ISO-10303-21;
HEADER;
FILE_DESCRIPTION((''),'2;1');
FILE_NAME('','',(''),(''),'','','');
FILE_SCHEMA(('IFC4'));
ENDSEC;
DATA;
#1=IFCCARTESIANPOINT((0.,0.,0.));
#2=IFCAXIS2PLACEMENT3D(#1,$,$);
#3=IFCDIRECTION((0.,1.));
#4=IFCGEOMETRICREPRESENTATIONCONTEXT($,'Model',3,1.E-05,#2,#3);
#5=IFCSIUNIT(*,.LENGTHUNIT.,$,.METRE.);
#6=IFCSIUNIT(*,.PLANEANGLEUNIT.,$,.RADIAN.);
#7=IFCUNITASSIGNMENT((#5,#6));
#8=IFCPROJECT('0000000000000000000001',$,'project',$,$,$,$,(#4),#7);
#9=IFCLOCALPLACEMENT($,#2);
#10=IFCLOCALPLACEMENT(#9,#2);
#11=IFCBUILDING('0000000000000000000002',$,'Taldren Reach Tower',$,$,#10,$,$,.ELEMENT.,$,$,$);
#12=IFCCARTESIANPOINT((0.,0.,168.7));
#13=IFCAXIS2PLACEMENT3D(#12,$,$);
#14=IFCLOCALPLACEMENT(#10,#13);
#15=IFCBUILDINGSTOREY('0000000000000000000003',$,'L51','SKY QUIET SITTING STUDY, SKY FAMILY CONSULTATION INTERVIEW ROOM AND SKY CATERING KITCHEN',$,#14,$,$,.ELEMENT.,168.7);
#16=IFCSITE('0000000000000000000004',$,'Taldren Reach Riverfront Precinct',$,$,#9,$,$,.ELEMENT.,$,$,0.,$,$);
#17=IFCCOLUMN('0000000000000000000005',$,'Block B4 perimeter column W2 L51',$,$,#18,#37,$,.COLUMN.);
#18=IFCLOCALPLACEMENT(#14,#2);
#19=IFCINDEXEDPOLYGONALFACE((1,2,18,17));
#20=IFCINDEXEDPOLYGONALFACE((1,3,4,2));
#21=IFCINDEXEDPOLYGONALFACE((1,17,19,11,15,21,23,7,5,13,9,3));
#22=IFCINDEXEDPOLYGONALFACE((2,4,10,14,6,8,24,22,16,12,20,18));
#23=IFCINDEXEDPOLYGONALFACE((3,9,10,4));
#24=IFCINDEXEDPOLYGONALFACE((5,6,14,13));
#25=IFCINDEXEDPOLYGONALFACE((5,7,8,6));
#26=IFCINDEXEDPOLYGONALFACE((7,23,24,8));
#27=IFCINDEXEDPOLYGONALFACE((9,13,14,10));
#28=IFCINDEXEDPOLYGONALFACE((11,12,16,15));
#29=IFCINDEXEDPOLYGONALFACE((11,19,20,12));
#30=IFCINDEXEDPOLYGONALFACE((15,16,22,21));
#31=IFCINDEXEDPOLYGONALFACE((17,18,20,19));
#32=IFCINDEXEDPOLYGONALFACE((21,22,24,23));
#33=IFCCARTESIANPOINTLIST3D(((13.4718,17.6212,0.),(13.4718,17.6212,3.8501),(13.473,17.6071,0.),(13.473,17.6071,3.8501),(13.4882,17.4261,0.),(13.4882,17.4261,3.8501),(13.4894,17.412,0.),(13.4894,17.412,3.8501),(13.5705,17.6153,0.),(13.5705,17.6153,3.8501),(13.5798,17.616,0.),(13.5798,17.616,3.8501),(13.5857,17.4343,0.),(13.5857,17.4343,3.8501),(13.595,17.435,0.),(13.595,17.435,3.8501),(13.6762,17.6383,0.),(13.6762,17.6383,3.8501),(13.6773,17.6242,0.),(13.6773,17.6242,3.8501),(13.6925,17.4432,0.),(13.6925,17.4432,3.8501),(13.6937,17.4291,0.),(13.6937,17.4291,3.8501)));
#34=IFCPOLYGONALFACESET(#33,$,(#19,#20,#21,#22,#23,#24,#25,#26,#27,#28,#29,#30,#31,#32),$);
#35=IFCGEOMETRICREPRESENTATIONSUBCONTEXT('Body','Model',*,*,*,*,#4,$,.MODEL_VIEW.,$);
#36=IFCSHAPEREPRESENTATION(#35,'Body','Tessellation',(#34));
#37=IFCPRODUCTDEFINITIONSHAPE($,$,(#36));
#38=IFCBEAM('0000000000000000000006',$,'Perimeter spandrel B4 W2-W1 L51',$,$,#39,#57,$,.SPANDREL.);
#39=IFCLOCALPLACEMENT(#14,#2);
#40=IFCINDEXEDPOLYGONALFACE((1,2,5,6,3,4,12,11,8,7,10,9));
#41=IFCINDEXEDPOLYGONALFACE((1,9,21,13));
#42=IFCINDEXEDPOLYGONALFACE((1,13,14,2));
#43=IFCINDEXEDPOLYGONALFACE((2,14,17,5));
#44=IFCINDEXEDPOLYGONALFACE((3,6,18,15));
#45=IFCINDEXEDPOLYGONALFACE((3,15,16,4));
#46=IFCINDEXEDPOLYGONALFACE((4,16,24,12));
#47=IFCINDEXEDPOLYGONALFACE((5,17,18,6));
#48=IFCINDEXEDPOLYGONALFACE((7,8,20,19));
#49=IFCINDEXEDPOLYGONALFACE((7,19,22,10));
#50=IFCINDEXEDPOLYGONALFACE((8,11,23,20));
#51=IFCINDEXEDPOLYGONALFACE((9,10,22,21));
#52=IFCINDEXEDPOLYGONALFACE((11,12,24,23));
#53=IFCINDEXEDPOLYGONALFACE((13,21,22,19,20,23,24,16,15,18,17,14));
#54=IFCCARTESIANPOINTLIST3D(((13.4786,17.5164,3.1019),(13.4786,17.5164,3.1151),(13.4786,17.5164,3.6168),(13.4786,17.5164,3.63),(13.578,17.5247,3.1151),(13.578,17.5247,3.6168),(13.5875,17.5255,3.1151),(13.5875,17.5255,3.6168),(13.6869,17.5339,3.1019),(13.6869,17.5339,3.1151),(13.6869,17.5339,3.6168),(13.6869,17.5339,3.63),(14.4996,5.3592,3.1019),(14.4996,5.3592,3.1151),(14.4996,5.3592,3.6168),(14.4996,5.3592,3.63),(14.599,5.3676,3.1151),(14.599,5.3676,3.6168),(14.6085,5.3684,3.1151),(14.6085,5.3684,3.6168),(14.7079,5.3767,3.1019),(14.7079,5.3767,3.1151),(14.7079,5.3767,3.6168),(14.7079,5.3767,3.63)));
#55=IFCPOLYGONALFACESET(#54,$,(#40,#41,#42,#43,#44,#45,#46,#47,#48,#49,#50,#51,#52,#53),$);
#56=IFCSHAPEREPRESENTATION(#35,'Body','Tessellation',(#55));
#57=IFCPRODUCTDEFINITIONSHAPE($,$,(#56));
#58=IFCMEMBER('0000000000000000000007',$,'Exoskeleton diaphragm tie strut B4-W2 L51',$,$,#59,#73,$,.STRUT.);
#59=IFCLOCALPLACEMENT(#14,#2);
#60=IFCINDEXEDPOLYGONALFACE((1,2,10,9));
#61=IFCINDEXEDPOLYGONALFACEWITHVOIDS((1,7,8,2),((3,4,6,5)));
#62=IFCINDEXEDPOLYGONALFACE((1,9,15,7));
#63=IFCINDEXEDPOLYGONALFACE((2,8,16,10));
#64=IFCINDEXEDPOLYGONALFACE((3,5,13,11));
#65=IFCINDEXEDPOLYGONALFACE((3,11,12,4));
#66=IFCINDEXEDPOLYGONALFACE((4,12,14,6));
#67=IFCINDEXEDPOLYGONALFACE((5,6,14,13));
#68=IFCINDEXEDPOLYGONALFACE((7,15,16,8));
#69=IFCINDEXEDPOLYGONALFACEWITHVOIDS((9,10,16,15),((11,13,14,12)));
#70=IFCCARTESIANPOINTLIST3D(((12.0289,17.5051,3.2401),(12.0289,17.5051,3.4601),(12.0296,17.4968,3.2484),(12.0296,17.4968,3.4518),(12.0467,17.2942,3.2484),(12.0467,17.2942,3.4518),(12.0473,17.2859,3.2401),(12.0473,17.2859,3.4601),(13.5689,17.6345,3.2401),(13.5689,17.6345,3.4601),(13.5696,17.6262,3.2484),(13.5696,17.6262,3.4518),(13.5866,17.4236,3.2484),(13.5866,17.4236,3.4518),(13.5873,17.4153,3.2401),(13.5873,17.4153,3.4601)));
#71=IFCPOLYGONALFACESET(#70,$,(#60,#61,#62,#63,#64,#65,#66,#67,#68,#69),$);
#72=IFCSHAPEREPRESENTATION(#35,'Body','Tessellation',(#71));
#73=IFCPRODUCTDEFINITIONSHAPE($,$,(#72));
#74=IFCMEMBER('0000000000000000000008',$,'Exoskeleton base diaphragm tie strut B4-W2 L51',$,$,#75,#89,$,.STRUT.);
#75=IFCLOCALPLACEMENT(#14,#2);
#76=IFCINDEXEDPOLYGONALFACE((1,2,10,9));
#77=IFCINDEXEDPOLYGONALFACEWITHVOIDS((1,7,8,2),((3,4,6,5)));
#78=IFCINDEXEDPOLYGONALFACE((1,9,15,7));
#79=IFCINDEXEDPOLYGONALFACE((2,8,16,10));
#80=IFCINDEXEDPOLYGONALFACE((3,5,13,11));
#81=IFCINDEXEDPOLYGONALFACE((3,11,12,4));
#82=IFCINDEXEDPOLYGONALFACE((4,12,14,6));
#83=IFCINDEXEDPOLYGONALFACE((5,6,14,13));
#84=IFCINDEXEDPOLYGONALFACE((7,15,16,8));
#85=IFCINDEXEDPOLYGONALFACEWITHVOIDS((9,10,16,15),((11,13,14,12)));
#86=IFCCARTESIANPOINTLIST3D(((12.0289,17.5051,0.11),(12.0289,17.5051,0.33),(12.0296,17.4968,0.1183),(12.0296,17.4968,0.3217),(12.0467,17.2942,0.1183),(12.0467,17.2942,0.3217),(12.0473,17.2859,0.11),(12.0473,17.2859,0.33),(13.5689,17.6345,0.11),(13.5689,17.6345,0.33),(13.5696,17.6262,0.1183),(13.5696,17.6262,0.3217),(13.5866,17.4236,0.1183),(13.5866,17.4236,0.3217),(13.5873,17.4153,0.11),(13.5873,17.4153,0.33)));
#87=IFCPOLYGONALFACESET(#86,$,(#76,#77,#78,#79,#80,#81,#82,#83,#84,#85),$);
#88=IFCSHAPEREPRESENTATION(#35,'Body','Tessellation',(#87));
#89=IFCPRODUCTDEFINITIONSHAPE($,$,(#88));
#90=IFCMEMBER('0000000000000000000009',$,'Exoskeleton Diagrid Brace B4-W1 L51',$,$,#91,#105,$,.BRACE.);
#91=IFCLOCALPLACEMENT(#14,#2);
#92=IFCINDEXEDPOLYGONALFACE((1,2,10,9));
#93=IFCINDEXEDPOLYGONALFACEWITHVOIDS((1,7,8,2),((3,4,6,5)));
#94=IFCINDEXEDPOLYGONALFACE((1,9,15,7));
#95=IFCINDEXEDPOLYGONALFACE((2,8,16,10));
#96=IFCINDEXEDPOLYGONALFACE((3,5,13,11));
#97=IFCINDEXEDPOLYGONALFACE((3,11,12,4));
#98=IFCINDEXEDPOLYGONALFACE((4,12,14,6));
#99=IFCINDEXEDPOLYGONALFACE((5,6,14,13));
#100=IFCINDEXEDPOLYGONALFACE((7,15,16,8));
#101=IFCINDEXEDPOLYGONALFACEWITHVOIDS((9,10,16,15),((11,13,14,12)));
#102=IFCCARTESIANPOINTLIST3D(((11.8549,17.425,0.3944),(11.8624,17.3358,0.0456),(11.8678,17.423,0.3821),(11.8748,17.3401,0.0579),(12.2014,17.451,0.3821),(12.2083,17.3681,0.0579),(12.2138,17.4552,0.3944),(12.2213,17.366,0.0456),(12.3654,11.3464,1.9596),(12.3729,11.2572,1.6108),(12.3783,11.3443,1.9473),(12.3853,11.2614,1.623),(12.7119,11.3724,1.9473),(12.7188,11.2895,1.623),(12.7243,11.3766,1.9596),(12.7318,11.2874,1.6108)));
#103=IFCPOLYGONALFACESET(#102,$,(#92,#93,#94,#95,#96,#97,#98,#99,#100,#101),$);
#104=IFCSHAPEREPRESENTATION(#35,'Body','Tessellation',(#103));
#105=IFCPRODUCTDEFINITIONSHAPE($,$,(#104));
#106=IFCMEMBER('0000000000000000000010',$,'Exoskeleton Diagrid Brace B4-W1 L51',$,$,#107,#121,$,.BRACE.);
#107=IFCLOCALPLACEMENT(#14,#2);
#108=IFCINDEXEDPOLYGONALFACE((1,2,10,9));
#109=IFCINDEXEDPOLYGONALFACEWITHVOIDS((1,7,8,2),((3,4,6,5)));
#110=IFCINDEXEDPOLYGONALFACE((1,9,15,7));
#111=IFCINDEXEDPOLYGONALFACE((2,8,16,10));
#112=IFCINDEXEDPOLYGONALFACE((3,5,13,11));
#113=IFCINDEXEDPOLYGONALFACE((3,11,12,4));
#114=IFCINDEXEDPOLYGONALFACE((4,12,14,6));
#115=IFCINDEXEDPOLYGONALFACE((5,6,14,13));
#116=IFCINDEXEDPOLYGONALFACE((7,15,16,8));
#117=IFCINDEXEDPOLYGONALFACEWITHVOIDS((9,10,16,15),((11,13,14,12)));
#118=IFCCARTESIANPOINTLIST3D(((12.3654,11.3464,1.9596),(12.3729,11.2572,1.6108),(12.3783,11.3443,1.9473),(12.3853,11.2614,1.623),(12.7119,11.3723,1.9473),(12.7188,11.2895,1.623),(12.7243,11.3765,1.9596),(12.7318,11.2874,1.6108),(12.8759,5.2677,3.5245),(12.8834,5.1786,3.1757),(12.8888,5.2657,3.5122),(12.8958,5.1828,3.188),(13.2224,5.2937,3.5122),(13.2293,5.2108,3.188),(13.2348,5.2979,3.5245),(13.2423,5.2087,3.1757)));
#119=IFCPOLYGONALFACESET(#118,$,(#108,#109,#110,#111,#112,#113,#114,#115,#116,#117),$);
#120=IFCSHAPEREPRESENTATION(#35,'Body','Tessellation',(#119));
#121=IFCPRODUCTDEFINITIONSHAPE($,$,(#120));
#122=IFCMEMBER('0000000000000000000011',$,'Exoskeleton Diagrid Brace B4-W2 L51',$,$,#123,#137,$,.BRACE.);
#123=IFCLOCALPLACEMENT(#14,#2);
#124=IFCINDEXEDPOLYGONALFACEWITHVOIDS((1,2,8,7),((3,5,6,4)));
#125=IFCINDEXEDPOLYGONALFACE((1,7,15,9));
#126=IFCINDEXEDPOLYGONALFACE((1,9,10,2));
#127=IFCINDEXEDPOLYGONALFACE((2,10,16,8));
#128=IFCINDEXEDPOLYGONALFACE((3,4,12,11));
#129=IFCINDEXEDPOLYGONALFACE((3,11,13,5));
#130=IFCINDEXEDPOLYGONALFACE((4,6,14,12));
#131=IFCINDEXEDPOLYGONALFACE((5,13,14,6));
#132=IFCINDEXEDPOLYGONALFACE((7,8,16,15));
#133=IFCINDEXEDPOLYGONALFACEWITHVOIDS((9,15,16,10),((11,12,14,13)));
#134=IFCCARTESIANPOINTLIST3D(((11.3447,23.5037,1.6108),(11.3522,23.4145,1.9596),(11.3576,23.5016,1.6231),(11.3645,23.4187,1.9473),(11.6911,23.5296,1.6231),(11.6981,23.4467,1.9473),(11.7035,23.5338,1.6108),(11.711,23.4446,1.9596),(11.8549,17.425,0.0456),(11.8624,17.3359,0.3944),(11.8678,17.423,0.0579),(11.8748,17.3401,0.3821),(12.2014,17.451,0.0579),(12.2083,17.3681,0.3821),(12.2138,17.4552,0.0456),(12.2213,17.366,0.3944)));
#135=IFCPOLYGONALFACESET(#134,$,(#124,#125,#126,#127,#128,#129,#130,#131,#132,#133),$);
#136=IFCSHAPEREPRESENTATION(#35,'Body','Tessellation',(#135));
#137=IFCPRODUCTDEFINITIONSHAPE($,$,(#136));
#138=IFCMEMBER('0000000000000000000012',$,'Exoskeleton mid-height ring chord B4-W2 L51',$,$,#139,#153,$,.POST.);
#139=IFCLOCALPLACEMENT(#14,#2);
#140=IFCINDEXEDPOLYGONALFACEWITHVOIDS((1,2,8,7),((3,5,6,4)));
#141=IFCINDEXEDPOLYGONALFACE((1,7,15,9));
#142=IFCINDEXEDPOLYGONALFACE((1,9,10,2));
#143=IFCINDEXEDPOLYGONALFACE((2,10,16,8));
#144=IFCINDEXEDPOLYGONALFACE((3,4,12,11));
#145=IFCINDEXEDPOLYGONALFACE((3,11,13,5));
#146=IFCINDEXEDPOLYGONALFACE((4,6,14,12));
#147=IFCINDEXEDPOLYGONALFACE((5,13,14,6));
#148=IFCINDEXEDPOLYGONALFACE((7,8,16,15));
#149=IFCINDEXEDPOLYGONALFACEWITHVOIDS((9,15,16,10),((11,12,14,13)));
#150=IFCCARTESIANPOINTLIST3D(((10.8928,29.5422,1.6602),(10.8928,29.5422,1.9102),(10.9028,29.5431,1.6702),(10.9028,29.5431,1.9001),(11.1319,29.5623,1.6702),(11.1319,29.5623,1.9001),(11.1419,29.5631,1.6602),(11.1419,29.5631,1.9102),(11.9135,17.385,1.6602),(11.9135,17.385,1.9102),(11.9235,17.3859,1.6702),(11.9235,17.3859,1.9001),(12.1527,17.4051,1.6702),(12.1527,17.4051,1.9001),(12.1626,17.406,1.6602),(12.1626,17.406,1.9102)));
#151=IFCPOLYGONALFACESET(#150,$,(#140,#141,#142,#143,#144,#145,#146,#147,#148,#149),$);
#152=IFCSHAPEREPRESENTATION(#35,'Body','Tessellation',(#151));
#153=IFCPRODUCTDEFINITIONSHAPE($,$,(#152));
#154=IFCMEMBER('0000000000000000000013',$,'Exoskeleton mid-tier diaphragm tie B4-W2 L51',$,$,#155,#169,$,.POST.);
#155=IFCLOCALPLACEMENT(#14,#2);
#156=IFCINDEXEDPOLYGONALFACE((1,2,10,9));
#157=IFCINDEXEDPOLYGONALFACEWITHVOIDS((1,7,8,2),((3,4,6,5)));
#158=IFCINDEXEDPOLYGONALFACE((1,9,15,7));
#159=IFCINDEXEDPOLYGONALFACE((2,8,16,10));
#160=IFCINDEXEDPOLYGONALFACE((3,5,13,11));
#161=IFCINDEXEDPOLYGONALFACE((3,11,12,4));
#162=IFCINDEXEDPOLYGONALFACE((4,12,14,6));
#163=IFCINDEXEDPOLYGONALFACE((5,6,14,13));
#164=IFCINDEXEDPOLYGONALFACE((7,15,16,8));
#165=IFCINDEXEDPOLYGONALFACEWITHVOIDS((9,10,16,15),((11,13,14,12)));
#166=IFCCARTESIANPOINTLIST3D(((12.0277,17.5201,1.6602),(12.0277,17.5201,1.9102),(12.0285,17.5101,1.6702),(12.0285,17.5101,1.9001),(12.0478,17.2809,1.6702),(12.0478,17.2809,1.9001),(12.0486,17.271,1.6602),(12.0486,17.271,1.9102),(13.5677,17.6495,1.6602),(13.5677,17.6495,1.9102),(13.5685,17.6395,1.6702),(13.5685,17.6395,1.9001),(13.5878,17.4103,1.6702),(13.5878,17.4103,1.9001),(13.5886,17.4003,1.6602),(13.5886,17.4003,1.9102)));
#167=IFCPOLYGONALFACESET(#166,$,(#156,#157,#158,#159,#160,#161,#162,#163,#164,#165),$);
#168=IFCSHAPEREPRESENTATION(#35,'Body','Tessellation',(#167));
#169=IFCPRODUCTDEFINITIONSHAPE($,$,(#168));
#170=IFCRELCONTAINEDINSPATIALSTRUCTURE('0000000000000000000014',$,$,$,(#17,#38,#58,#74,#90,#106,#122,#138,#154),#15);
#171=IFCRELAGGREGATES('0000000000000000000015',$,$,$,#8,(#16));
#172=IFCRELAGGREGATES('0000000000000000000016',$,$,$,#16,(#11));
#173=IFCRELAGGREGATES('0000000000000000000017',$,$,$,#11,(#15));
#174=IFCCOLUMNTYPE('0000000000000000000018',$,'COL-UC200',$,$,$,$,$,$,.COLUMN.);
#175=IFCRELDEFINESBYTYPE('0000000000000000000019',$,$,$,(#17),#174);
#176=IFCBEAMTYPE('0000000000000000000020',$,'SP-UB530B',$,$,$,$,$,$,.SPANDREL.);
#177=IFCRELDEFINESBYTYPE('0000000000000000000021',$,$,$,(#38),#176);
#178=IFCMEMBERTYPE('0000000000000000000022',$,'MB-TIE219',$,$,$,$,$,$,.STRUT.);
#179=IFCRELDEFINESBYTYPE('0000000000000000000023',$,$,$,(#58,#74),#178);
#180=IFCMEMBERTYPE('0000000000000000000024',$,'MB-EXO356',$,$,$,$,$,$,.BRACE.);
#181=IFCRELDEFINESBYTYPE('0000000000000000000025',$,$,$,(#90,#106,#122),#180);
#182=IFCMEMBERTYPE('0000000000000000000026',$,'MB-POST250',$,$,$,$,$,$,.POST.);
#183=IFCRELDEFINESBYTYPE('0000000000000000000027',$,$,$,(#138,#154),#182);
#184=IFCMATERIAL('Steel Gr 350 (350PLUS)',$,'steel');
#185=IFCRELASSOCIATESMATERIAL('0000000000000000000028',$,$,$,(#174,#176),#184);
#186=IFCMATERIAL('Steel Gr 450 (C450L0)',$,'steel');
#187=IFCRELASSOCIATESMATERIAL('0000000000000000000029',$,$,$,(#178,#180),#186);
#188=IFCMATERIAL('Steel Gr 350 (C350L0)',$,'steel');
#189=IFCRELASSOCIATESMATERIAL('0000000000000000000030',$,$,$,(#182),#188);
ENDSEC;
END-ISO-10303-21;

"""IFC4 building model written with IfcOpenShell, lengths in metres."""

from ifc_helpers import new_model, si_unit, direction, frame, origin, origin_2d, place, context, subcontext, project, spatial, hollow_rectangle, i_section, extrude, source, transform, mapped, material, material_profile, profile_set, type_object, element, save


model = new_model("IFC4")

# Units and contexts
model_context = context("Model", 3, precision=1e-05, world=origin(), true_north=direction((0.0, 1.0)))
body_context = subcontext(model_context, "Body", "Model", "MODEL_VIEW")
ifc_project = project(units=[si_unit("LENGTHUNIT", "METRE"), si_unit("PLANEANGLEUNIT", "RADIAN")], contexts=[model_context])

# Site, building, storey
site_placement = place(None, origin())
site = spatial("IfcSite", under=ifc_project, at=site_placement, Name="Taldren Reach Riverfront Precinct", CompositionType="ELEMENT", RefElevation=0.0)
building_placement = place(site_placement, origin())
building = spatial("IfcBuilding", under=site, at=building_placement, Name="Taldren Reach Tower", CompositionType="ELEMENT")
storey_placement = place(building_placement, frame((0.0, 0.0, 168.7)))
storey = spatial("IfcBuildingStorey", under=building, at=storey_placement, Name="L51", Description="SKY QUIET SITTING STUDY, SKY FAMILY CONSULTATION INTERVIEW ROOM AND SKY CATERING KITCHEN", CompositionType="ELEMENT", Elevation=168.7)

# Column
ifc_material_1 = material(Name="Steel Gr 350 (350PLUS)", Category="steel")
ifc_material_profile_1 = material_profile(ifc_material_1, i_section(OverallWidth=0.2051, OverallDepth=0.21, WebThickness=0.0093, FlangeThickness=0.0142, at=origin_2d()), Name="200UC59.5")
ifc_profile_set_1 = profile_set([ifc_material_profile_1], Name="Steel Gr 350 (350PLUS)")
column_type = type_object("IfcColumnType", Name="COL-UC200", PredefinedType="COLUMN", material=ifc_profile_set_1)
shared_shape_1 = source(origin(), body_context, "Body", "SweptSolid", [
    extrude(i_section(OverallWidth=0.2051, OverallDepth=0.21, WebThickness=0.0093, FlangeThickness=0.0142, at=origin_2d()), origin(), (0.0, 0.0, 1.0), 3.8501),
])
column_placement = place(storey_placement, frame((13.5828, 17.5251, 0.0), z_axis=(0.0, 0.0, 1.0), x_axis=(0.996493, 0.083678, 0.0)))
element("IfcColumn", 1, at=column_placement, inside=storey, type_object=column_type, Name="Block B4 perimeter column W2 L51", PredefinedType="COLUMN", context=body_context, shape_type="MappedRepresentation", body=[
    mapped(shared_shape_1, transform((0.0, 0.0, 0.0), scale=1.0)),
])

# Beam
ifc_material_profile_2 = material_profile(ifc_material_1, i_section(OverallWidth=0.209, OverallDepth=0.5281, WebThickness=0.0095, FlangeThickness=0.0132, at=origin_2d()), Name="530UB82.0")
ifc_profile_set_2 = profile_set([ifc_material_profile_2], Name="Steel Gr 350 (350PLUS)")
beam_type = type_object("IfcBeamType", Name="SP-UB530B", PredefinedType="SPANDREL", material=ifc_profile_set_2)
shared_shape_2 = source(origin(), body_context, "Body", "SweptSolid", [
    extrude(i_section(OverallWidth=0.209, OverallDepth=0.5281, WebThickness=0.0095, FlangeThickness=0.0132, at=origin_2d()), origin(), (0.0, 0.0, 1.0), 12.2),
])
beam_placement = place(storey_placement, frame((13.5828, 17.5251, 3.366), z_axis=(0.083688, -0.996492, 0.0), x_axis=(0.996492, 0.083688, 0.0)))
element("IfcBeam", 2, at=beam_placement, inside=storey, type_object=beam_type, Name="Perimeter spandrel B4 W2-W1 L51", PredefinedType="SPANDREL", context=body_context, shape_type="MappedRepresentation", body=[
    mapped(shared_shape_2, transform((0.0, 0.0, 0.0), scale=1.0)),
])

# Members
ifc_material_2 = material(Name="Steel Gr 450 (C450L0)", Category="steel")
ifc_material_profile_3 = material_profile(ifc_material_2, hollow_rectangle(XDim=0.22, YDim=0.22, WallThickness=0.0083, at=origin_2d()), Name="220x220x8.2SHS")
ifc_profile_set_3 = profile_set([ifc_material_profile_3], Name="Steel Gr 450 (C450L0)")
member_type_1 = type_object("IfcMemberType", Name="MB-TIE219", PredefinedType="STRUT", material=ifc_profile_set_3)
shared_shape_3 = source(origin(), body_context, "Body", "SweptSolid", [
    extrude(hollow_rectangle(XDim=0.22, YDim=0.22, WallThickness=0.0083, at=origin_2d()), origin(), (0.0, 0.0, 1.0), 1.5454),
])
for number, where, z_axis, x_axis, name in (
    (3, (13.5781, 17.5249, 3.3501), (-0.996489, -0.083725, 0.0), (0.083725, -0.996489, 0.0), "Exoskeleton diaphragm tie strut B4-W2 L51"),
    (4, (13.5781, 17.5249, 0.22), (-0.996489, -0.083725, 0.0), (0.083725, -0.996489, 0.0), "Exoskeleton base diaphragm tie strut B4-W2 L51"),
):
    element("IfcMember", number, at=place(storey_placement, frame(where, z_axis=z_axis, x_axis=x_axis)), inside=storey, type_object=member_type_1, Name=name, PredefinedType="STRUT", context=body_context, shape_type="MappedRepresentation", body=[
        mapped(shared_shape_3, transform((0.0, 0.0, 0.0), scale=1.0)),
    ])
ifc_material_profile_4 = material_profile(ifc_material_2, hollow_rectangle(XDim=0.3601, YDim=0.3601, WallThickness=0.0127, at=origin_2d()), Name="360x360x12.7SHS")
ifc_profile_set_4 = profile_set([ifc_material_profile_4], Name="Steel Gr 450 (C450L0)")
member_type_2 = type_object("IfcMemberType", Name="MB-EXO356", PredefinedType="BRACE", material=ifc_profile_set_4)
shared_shape_4 = source(origin(), body_context, "Body", "SweptSolid", [
    extrude(hollow_rectangle(XDim=0.3601, YDim=0.3601, WallThickness=0.0127, at=origin_2d()), origin(), (0.0, 0.0, 1.0), 6.2976),
])
for number, where, z_axis, x_axis, name in (
    (5, (12.0381, 17.3955, 0.22), (0.081062, -0.965225, 0.248536), (0.996492, 0.083688, 0.0), "Exoskeleton Diagrid Brace B4-W1 L51"),
    (6, (12.5486, 11.3169, 1.7852), (0.081063, -0.965234, 0.2485), (0.996492, 0.083688, 0.0), "Exoskeleton Diagrid Brace B4-W1 L51"),
    (7, (12.0381, 17.3955, 0.22), (-0.081024, 0.965228, 0.248537), (-0.996495, -0.083648, 0.0), "Exoskeleton Diagrid Brace B4-W2 L51"),
):
    element("IfcMember", number, at=place(storey_placement, frame(where, z_axis=z_axis, x_axis=x_axis)), inside=storey, type_object=member_type_2, Name=name, PredefinedType="BRACE", context=body_context, shape_type="MappedRepresentation", body=[
        mapped(shared_shape_4, transform((0.0, 0.0, 0.0), scale=1.0)),
    ])
ifc_material_3 = material(Name="Steel Gr 350 (C350L0)", Category="steel")
ifc_material_profile_5 = material_profile(ifc_material_3, hollow_rectangle(XDim=0.25, YDim=0.25, WallThickness=0.01, at=origin_2d()), Name="250x250x10.0SHS")
ifc_profile_set_5 = profile_set([ifc_material_profile_5], Name="Steel Gr 350 (C350L0)")
member_type_3 = type_object("IfcMemberType", Name="MB-POST250", PredefinedType="POST", material=ifc_profile_set_5)
shared_shape_5 = source(origin(), body_context, "Body", "SweptSolid", [
    extrude(hollow_rectangle(XDim=0.25, YDim=0.25, WallThickness=0.01, at=origin_2d()), origin(), (0.0, 0.0, 1.0), 12.2),
])
member_1_placement = place(storey_placement, frame((12.0381, 17.3955, 1.7852), z_axis=(-0.083668, 0.996494, 0.0), x_axis=(-0.996494, -0.083668, 0.0)))
element("IfcMember", 8, at=member_1_placement, inside=storey, type_object=member_type_3, Name="Exoskeleton mid-height ring chord B4-W2 L51", PredefinedType="POST", context=body_context, shape_type="MappedRepresentation", body=[
    mapped(shared_shape_5, transform((0.0, 0.0, 0.0), scale=1.0)),
])
shared_shape_6 = source(origin(), body_context, "Body", "SweptSolid", [
    extrude(hollow_rectangle(XDim=0.25, YDim=0.25, WallThickness=0.01, at=origin_2d()), origin(), (0.0, 0.0, 1.0), 1.5454),
])
member_2_placement = place(storey_placement, frame((13.5781, 17.5249, 1.7852), z_axis=(-0.996489, -0.083725, 0.0), x_axis=(0.083725, -0.996489, 0.0)))
element("IfcMember", 9, at=member_2_placement, inside=storey, type_object=member_type_3, Name="Exoskeleton mid-tier diaphragm tie B4-W2 L51", PredefinedType="POST", context=body_context, shape_type="MappedRepresentation", body=[
    mapped(shared_shape_6, transform((0.0, 0.0, 0.0), scale=1.0)),
])

save(model, "model.ifc")
